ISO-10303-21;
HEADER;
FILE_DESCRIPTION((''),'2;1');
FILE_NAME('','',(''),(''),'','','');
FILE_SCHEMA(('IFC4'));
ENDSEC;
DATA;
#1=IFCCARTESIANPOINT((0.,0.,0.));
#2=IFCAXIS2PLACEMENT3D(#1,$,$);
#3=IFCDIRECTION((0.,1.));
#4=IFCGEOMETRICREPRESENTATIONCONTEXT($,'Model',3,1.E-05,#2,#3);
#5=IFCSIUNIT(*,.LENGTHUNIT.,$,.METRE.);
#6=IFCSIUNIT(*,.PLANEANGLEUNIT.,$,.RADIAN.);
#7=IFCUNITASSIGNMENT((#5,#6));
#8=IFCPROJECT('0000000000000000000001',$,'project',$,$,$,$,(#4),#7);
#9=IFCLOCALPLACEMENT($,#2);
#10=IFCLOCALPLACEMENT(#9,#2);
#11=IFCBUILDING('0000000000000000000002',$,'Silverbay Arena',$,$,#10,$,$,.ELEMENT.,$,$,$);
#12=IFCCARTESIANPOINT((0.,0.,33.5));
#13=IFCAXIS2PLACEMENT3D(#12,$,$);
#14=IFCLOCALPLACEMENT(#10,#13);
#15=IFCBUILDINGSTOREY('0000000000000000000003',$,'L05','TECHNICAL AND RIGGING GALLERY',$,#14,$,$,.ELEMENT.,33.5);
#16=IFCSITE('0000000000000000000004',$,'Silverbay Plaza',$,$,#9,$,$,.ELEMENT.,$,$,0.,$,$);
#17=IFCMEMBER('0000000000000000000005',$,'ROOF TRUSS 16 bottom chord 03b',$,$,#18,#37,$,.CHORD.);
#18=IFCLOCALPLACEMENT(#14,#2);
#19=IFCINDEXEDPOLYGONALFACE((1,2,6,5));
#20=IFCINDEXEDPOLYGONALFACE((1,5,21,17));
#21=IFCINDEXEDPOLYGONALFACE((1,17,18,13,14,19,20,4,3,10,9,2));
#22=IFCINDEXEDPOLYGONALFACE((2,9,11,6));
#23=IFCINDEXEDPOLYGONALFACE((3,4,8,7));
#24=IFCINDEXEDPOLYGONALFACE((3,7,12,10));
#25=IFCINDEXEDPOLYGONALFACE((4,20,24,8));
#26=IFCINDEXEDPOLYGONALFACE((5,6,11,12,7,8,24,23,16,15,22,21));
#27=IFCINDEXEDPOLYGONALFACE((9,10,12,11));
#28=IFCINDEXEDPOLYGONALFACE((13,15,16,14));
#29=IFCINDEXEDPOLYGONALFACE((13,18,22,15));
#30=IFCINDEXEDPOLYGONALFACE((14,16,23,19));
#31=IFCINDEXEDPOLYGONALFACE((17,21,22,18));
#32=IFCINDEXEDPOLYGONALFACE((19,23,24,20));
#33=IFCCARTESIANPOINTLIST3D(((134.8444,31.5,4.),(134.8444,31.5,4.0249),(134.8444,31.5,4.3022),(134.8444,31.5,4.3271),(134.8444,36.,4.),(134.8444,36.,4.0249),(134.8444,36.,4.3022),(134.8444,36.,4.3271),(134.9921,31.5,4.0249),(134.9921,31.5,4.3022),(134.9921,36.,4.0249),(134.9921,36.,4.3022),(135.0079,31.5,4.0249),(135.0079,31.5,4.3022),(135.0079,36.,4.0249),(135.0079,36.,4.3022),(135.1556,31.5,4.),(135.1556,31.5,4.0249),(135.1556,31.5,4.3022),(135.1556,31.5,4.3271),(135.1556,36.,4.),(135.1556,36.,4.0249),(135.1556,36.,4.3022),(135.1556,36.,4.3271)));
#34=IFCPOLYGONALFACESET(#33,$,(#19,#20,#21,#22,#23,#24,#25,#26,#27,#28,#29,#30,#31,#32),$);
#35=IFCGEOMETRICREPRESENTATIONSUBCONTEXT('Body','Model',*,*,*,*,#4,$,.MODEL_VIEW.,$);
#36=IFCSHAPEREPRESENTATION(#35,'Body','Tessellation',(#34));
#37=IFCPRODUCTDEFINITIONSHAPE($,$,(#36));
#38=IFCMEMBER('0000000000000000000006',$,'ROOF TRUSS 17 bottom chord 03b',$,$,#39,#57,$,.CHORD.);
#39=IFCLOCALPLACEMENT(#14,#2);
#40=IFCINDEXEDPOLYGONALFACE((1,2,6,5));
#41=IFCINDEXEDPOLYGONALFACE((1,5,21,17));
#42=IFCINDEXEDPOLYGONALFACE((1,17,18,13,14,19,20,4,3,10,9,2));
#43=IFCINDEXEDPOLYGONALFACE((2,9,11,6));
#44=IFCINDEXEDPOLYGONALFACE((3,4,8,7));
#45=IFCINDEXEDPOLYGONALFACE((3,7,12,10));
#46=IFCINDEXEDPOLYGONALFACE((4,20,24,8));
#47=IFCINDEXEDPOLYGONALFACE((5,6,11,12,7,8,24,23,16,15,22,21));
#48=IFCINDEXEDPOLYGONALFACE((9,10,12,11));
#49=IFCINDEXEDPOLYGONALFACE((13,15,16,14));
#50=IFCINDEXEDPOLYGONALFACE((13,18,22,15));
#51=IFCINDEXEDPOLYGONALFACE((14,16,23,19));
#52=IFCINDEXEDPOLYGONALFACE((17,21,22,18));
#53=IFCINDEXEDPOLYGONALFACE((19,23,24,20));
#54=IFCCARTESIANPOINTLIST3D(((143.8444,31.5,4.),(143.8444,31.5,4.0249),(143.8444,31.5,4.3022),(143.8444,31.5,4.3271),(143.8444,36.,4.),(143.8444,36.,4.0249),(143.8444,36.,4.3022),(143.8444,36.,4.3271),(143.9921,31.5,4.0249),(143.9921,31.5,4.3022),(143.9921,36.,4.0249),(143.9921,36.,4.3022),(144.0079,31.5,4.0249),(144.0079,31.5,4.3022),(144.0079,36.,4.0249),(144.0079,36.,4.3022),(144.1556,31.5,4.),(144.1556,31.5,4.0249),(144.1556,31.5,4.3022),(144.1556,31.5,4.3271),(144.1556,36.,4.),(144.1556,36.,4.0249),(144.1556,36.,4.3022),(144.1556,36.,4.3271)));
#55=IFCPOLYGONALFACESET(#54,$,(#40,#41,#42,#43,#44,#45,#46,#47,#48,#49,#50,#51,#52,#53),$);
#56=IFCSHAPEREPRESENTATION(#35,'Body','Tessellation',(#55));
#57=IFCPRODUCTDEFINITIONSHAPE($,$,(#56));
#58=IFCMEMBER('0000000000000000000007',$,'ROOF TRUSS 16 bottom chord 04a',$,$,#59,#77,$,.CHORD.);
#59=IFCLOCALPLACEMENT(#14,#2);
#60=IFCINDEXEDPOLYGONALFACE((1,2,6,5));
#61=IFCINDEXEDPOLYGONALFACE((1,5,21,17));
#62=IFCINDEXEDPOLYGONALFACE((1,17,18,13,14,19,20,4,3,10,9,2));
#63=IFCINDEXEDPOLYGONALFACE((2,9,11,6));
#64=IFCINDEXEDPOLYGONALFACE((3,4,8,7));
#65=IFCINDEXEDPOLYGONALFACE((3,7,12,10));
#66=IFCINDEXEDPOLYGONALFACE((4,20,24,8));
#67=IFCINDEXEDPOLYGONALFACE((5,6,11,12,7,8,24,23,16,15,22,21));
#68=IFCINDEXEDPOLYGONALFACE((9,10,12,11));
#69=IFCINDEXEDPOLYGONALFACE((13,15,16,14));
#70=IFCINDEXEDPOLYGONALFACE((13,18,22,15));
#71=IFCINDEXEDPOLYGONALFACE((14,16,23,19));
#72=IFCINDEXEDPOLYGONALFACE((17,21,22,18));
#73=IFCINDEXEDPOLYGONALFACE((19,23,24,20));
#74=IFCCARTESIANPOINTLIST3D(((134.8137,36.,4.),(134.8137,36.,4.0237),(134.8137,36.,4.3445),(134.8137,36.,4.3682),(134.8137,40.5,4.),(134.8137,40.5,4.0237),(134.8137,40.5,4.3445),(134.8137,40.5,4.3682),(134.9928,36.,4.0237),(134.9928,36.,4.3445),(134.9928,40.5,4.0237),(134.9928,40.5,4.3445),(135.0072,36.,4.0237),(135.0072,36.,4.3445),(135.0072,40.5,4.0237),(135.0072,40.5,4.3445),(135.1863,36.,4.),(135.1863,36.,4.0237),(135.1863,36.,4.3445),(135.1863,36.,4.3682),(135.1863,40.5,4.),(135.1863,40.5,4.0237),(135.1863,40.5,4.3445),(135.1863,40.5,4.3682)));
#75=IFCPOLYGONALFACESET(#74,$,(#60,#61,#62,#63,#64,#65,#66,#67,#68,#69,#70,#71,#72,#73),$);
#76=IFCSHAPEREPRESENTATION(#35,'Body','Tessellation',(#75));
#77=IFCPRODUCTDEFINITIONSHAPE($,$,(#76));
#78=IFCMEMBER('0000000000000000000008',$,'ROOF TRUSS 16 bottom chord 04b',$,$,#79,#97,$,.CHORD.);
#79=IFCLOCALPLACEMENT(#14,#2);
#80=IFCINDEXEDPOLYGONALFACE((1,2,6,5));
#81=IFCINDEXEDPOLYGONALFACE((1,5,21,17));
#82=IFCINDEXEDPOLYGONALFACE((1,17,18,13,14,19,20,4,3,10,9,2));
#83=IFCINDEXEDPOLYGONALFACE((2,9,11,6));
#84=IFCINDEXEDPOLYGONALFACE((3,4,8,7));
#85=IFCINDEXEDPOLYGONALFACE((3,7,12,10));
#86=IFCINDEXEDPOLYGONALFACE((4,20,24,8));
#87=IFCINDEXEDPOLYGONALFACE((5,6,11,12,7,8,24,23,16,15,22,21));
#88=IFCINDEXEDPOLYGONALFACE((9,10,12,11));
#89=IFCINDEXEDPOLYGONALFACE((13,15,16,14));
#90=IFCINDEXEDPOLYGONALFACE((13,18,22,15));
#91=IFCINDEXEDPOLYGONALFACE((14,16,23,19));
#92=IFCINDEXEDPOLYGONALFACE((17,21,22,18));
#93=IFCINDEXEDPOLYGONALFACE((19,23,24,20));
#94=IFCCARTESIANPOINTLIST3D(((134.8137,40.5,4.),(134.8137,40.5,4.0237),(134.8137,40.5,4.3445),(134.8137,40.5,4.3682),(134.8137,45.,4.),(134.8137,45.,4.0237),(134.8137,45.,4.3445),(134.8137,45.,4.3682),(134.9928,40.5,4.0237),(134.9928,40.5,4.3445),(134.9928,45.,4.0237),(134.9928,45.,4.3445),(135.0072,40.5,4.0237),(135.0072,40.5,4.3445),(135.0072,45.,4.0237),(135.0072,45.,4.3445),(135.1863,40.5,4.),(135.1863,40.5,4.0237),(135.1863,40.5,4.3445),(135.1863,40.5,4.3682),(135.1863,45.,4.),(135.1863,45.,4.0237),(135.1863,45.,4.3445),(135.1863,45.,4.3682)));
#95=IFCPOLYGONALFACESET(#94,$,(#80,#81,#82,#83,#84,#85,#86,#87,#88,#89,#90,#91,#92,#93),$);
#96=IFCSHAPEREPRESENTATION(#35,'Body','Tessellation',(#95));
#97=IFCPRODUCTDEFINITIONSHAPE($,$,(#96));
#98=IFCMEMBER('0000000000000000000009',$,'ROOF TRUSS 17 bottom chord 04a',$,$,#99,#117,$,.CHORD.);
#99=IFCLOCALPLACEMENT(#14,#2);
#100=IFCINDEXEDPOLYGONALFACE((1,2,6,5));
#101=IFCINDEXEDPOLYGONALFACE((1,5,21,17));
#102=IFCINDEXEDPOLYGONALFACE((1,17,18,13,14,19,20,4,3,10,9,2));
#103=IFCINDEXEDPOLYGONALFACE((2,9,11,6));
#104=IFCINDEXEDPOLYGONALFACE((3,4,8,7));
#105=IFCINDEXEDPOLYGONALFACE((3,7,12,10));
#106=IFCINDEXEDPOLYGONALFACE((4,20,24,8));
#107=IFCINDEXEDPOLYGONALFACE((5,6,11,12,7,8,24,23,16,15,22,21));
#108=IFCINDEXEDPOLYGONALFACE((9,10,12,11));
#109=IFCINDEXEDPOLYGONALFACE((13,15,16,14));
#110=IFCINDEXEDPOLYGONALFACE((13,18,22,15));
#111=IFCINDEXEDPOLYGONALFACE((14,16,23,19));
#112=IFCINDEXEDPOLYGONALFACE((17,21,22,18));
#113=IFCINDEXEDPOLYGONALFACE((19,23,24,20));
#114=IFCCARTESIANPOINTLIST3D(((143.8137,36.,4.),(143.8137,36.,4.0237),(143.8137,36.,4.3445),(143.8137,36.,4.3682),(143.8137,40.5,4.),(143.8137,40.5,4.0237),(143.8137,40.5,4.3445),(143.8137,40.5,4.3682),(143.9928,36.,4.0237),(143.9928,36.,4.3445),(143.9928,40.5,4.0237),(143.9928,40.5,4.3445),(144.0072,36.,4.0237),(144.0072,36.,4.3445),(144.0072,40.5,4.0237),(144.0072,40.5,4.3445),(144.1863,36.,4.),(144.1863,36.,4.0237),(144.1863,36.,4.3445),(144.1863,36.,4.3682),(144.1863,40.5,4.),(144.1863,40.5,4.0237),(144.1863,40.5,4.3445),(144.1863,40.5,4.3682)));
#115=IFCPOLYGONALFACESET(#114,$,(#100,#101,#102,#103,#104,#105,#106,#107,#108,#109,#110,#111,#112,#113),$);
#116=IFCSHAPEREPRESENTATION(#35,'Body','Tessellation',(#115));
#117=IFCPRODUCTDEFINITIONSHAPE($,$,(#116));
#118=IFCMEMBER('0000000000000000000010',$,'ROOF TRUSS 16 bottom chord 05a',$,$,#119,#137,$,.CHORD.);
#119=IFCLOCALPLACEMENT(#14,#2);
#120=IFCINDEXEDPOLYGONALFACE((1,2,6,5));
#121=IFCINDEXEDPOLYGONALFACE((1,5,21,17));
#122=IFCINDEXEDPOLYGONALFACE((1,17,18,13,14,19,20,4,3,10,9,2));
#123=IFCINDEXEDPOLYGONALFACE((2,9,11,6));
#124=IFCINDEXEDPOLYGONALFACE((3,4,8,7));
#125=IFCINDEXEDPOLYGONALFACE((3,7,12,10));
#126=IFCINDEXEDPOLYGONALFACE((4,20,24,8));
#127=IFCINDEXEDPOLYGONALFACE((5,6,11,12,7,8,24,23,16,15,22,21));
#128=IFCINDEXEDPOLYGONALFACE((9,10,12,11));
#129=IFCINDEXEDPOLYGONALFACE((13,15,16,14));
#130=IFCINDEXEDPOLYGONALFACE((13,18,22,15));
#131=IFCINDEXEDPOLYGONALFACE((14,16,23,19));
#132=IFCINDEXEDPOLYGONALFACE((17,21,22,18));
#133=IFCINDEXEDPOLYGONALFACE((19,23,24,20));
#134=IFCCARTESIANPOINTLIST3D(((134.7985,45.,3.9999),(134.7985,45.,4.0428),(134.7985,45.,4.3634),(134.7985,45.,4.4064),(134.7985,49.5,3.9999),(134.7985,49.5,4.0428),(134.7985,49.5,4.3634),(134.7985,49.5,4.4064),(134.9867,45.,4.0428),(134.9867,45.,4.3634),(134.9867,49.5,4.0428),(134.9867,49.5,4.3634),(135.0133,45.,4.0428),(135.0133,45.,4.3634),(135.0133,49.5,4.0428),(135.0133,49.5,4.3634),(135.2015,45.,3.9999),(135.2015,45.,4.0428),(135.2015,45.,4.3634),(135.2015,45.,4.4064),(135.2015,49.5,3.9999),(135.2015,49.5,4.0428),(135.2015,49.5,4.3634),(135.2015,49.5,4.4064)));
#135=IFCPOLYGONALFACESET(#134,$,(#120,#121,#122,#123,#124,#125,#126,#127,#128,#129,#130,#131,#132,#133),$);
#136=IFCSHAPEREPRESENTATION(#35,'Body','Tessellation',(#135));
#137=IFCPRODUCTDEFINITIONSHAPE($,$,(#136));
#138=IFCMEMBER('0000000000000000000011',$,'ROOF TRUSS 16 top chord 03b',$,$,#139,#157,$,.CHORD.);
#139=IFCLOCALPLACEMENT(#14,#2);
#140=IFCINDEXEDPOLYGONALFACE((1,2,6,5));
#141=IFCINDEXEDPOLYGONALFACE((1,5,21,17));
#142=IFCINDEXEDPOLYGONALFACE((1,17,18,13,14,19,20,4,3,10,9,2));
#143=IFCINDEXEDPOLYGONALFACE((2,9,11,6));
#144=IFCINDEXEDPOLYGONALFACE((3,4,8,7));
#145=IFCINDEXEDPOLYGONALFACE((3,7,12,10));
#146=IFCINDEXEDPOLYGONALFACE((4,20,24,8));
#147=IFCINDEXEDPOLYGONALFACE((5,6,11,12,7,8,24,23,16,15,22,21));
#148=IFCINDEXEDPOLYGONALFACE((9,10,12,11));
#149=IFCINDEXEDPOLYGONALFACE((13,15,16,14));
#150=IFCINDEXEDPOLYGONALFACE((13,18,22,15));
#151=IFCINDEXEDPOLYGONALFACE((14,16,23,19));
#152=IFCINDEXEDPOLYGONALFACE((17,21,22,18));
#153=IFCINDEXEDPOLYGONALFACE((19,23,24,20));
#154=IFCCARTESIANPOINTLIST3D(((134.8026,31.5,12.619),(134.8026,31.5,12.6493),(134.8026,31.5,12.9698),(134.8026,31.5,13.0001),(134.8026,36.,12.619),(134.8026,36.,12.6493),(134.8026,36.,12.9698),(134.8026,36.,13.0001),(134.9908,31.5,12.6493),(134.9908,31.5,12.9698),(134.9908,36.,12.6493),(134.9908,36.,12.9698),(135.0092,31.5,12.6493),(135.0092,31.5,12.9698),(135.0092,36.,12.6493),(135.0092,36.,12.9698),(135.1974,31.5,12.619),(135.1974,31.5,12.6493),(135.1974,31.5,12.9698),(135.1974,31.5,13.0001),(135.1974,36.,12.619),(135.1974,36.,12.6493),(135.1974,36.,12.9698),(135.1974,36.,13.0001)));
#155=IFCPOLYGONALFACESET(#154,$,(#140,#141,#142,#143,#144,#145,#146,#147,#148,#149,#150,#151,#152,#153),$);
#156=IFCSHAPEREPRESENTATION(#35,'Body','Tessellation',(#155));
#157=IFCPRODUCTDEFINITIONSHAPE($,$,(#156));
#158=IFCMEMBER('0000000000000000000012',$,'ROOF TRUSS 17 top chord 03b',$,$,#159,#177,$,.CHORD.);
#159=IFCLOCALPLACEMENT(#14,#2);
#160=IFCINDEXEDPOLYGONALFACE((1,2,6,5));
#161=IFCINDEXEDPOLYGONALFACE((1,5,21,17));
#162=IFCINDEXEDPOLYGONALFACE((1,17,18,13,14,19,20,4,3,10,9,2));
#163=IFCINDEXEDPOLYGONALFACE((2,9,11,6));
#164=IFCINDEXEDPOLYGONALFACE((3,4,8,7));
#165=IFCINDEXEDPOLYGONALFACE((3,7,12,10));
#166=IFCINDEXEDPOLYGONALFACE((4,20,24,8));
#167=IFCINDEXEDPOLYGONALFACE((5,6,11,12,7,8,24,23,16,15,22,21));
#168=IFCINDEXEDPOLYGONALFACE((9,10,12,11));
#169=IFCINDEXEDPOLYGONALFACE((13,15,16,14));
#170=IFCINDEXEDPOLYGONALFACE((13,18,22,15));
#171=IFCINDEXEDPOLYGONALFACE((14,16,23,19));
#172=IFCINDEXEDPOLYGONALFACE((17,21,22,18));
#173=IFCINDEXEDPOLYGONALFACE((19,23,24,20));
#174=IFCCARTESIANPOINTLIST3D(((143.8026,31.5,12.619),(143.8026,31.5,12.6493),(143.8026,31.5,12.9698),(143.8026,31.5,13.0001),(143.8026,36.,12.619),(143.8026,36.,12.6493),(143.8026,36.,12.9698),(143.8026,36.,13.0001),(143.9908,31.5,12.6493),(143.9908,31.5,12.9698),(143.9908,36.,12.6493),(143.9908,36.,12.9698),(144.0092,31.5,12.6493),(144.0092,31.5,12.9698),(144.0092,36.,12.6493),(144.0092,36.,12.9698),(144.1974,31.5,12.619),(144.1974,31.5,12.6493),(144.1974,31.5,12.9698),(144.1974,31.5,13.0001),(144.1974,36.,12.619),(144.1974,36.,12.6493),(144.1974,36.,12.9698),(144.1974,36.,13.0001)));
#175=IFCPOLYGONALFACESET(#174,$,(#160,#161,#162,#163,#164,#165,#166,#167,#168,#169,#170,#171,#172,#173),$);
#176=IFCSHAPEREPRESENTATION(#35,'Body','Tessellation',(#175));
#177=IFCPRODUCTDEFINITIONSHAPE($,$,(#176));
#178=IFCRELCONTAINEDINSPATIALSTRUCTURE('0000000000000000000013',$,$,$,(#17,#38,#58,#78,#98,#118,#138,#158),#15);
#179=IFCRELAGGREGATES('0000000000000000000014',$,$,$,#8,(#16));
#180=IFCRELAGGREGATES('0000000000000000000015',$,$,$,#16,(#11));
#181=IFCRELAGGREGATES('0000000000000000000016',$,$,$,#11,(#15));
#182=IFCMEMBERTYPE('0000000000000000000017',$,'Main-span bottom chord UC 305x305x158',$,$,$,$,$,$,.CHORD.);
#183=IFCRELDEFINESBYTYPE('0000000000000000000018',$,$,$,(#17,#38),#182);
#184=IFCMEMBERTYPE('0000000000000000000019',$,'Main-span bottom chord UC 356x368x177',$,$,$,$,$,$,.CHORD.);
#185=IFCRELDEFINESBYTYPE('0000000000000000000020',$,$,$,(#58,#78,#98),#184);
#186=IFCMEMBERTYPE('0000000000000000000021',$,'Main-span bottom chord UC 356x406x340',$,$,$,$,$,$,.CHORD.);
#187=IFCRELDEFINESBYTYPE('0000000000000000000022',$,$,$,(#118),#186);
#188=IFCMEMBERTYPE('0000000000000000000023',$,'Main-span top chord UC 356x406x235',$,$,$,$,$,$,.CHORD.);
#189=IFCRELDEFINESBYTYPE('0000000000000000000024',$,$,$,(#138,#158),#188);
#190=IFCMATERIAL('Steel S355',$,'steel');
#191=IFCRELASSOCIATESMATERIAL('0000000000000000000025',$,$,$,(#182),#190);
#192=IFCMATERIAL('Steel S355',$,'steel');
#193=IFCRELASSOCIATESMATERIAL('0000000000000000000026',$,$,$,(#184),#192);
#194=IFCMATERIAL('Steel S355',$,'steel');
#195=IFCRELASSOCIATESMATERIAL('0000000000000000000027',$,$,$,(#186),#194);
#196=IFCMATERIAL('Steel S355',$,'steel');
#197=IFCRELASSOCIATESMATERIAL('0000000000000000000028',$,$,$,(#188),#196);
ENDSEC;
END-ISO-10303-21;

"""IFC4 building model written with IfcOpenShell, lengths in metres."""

from ifc_helpers import new_model, si_unit, direction, frame, origin, origin_2d, place, context, subcontext, project, spatial, i_section, extrude, material, material_profile, profile_set, type_object, element, save


model = new_model("IFC4")

# Units and contexts
model_context = context("Model", 3, precision=1e-05, world=origin(), true_north=direction((0.0, 1.0)))
body_context = subcontext(model_context, "Body", "Model", "MODEL_VIEW")
ifc_project = project(units=[si_unit("LENGTHUNIT", "METRE"), si_unit("PLANEANGLEUNIT", "RADIAN")], contexts=[model_context])

# Site, building, storey
site_placement = place(None, origin())
site = spatial("IfcSite", under=ifc_project, at=site_placement, Name="Silverbay Plaza", CompositionType="ELEMENT", RefElevation=0.0)
building_placement = place(site_placement, origin())
building = spatial("IfcBuilding", under=site, at=building_placement, Name="Silverbay Arena", CompositionType="ELEMENT")
storey_placement = place(building_placement, frame((0.0, 0.0, 33.5)))
storey = spatial("IfcBuildingStorey", under=building, at=storey_placement, Name="L05", Description="TECHNICAL AND RIGGING GALLERY", CompositionType="ELEMENT", Elevation=33.5)

# Members
ifc_material_1 = material(Name="Steel S355", Category="steel")
ifc_material_profile_1 = material_profile(ifc_material_1, i_section(OverallWidth=0.3113, OverallDepth=0.3271, WebThickness=0.0159, FlangeThickness=0.0249, at=origin_2d()), Name="UC 305x305x158")
ifc_profile_set_1 = profile_set([ifc_material_profile_1], Name="Steel S355")
member_type_1 = type_object("IfcMemberType", Name="Main-span bottom chord UC 305x305x158", PredefinedType="CHORD", material=ifc_profile_set_1)
for number, where, z_axis, x_axis, name in (
    (1, (135.0, 31.5, 4.1636), (0.0, 1.0, 0.0), (-1.0, 0.0, 0.0), "ROOF TRUSS 16 bottom chord 03b"),
    (2, (144.0, 31.5, 4.1636), (0.0, 1.0, 0.0), (-1.0, 0.0, 0.0), "ROOF TRUSS 17 bottom chord 03b"),
):
    element("IfcMember", number, at=place(storey_placement, frame(where, z_axis=z_axis, x_axis=x_axis)), inside=storey, type_object=member_type_1, Name=name, PredefinedType="CHORD", context=body_context, shape_type="SweptSolid", body=[
        extrude(i_section(OverallWidth=0.3113, OverallDepth=0.3271, WebThickness=0.0159, FlangeThickness=0.0249, at=origin_2d()), origin(), (0.0, 0.0, 1.0), 4.5),
    ])
ifc_material_2 = material(Name="Steel S355", Category="steel")
ifc_material_profile_2 = material_profile(ifc_material_2, i_section(OverallWidth=0.3726, OverallDepth=0.3682, WebThickness=0.0144, FlangeThickness=0.0237, at=origin_2d()), Name="UC 356x368x177")
ifc_profile_set_2 = profile_set([ifc_material_profile_2], Name="Steel S355")
member_type_2 = type_object("IfcMemberType", Name="Main-span bottom chord UC 356x368x177", PredefinedType="CHORD", material=ifc_profile_set_2)
for number, where, z_axis, x_axis, name in (
    (3, (135.0, 36.0, 4.1841), (0.0, 1.0, 0.0), (-1.0, 0.0, 0.0), "ROOF TRUSS 16 bottom chord 04a"),
    (4, (135.0, 40.5, 4.1841), (0.0, 1.0, 0.0), (-1.0, 0.0, 0.0), "ROOF TRUSS 16 bottom chord 04b"),
    (5, (144.0, 36.0, 4.1841), (0.0, 1.0, 0.0), (-1.0, 0.0, 0.0), "ROOF TRUSS 17 bottom chord 04a"),
):
    element("IfcMember", number, at=place(storey_placement, frame(where, z_axis=z_axis, x_axis=x_axis)), inside=storey, type_object=member_type_2, Name=name, PredefinedType="CHORD", context=body_context, shape_type="SweptSolid", body=[
        extrude(i_section(OverallWidth=0.3726, OverallDepth=0.3682, WebThickness=0.0144, FlangeThickness=0.0237, at=origin_2d()), origin(), (0.0, 0.0, 1.0), 4.5),
    ])
ifc_material_3 = material(Name="Steel S355", Category="steel")
ifc_material_profile_3 = material_profile(ifc_material_3, i_section(OverallWidth=0.4031, OverallDepth=0.4065, WebThickness=0.0266, FlangeThickness=0.043, at=origin_2d()), Name="UC 356x406x340")
ifc_profile_set_3 = profile_set([ifc_material_profile_3], Name="Steel S355")
member_type_3 = type_object("IfcMemberType", Name="Main-span bottom chord UC 356x406x340", PredefinedType="CHORD", material=ifc_profile_set_3)
member_1_placement = place(storey_placement, frame((135.0, 45.0, 4.2031), z_axis=(0.0, 1.0, 0.0), x_axis=(-1.0, 0.0, 0.0)))
element("IfcMember", 6, at=member_1_placement, inside=storey, type_object=member_type_3, Name="ROOF TRUSS 16 bottom chord 05a", PredefinedType="CHORD", context=body_context, shape_type="SweptSolid", body=[
    extrude(i_section(OverallWidth=0.4031, OverallDepth=0.4065, WebThickness=0.0266, FlangeThickness=0.043, at=origin_2d()), origin(), (0.0, 0.0, 1.0), 4.5),
])
ifc_material_4 = material(Name="Steel S355", Category="steel")
ifc_material_profile_4 = material_profile(ifc_material_4, i_section(OverallWidth=0.3948, OverallDepth=0.3811, WebThickness=0.0183, FlangeThickness=0.0303, at=origin_2d()), Name="UC 356x406x235")
ifc_profile_set_4 = profile_set([ifc_material_profile_4], Name="Steel S355")
member_type_4 = type_object("IfcMemberType", Name="Main-span top chord UC 356x406x235", PredefinedType="CHORD", material=ifc_profile_set_4)
for number, where, z_axis, x_axis, name in (
    (7, (135.0, 31.5, 12.8096), (0.0, 1.0, 0.0), (-1.0, 0.0, 0.0), "ROOF TRUSS 16 top chord 03b"),
    (8, (144.0, 31.5, 12.8096), (0.0, 1.0, 0.0), (-1.0, 0.0, 0.0), "ROOF TRUSS 17 top chord 03b"),
):
    element("IfcMember", number, at=place(storey_placement, frame(where, z_axis=z_axis, x_axis=x_axis)), inside=storey, type_object=member_type_4, Name=name, PredefinedType="CHORD", context=body_context, shape_type="SweptSolid", body=[
        extrude(i_section(OverallWidth=0.3948, OverallDepth=0.3811, WebThickness=0.0183, FlangeThickness=0.0303, at=origin_2d()), origin(), (0.0, 0.0, 1.0), 4.5),
    ])

save(model, "model.ifc")
